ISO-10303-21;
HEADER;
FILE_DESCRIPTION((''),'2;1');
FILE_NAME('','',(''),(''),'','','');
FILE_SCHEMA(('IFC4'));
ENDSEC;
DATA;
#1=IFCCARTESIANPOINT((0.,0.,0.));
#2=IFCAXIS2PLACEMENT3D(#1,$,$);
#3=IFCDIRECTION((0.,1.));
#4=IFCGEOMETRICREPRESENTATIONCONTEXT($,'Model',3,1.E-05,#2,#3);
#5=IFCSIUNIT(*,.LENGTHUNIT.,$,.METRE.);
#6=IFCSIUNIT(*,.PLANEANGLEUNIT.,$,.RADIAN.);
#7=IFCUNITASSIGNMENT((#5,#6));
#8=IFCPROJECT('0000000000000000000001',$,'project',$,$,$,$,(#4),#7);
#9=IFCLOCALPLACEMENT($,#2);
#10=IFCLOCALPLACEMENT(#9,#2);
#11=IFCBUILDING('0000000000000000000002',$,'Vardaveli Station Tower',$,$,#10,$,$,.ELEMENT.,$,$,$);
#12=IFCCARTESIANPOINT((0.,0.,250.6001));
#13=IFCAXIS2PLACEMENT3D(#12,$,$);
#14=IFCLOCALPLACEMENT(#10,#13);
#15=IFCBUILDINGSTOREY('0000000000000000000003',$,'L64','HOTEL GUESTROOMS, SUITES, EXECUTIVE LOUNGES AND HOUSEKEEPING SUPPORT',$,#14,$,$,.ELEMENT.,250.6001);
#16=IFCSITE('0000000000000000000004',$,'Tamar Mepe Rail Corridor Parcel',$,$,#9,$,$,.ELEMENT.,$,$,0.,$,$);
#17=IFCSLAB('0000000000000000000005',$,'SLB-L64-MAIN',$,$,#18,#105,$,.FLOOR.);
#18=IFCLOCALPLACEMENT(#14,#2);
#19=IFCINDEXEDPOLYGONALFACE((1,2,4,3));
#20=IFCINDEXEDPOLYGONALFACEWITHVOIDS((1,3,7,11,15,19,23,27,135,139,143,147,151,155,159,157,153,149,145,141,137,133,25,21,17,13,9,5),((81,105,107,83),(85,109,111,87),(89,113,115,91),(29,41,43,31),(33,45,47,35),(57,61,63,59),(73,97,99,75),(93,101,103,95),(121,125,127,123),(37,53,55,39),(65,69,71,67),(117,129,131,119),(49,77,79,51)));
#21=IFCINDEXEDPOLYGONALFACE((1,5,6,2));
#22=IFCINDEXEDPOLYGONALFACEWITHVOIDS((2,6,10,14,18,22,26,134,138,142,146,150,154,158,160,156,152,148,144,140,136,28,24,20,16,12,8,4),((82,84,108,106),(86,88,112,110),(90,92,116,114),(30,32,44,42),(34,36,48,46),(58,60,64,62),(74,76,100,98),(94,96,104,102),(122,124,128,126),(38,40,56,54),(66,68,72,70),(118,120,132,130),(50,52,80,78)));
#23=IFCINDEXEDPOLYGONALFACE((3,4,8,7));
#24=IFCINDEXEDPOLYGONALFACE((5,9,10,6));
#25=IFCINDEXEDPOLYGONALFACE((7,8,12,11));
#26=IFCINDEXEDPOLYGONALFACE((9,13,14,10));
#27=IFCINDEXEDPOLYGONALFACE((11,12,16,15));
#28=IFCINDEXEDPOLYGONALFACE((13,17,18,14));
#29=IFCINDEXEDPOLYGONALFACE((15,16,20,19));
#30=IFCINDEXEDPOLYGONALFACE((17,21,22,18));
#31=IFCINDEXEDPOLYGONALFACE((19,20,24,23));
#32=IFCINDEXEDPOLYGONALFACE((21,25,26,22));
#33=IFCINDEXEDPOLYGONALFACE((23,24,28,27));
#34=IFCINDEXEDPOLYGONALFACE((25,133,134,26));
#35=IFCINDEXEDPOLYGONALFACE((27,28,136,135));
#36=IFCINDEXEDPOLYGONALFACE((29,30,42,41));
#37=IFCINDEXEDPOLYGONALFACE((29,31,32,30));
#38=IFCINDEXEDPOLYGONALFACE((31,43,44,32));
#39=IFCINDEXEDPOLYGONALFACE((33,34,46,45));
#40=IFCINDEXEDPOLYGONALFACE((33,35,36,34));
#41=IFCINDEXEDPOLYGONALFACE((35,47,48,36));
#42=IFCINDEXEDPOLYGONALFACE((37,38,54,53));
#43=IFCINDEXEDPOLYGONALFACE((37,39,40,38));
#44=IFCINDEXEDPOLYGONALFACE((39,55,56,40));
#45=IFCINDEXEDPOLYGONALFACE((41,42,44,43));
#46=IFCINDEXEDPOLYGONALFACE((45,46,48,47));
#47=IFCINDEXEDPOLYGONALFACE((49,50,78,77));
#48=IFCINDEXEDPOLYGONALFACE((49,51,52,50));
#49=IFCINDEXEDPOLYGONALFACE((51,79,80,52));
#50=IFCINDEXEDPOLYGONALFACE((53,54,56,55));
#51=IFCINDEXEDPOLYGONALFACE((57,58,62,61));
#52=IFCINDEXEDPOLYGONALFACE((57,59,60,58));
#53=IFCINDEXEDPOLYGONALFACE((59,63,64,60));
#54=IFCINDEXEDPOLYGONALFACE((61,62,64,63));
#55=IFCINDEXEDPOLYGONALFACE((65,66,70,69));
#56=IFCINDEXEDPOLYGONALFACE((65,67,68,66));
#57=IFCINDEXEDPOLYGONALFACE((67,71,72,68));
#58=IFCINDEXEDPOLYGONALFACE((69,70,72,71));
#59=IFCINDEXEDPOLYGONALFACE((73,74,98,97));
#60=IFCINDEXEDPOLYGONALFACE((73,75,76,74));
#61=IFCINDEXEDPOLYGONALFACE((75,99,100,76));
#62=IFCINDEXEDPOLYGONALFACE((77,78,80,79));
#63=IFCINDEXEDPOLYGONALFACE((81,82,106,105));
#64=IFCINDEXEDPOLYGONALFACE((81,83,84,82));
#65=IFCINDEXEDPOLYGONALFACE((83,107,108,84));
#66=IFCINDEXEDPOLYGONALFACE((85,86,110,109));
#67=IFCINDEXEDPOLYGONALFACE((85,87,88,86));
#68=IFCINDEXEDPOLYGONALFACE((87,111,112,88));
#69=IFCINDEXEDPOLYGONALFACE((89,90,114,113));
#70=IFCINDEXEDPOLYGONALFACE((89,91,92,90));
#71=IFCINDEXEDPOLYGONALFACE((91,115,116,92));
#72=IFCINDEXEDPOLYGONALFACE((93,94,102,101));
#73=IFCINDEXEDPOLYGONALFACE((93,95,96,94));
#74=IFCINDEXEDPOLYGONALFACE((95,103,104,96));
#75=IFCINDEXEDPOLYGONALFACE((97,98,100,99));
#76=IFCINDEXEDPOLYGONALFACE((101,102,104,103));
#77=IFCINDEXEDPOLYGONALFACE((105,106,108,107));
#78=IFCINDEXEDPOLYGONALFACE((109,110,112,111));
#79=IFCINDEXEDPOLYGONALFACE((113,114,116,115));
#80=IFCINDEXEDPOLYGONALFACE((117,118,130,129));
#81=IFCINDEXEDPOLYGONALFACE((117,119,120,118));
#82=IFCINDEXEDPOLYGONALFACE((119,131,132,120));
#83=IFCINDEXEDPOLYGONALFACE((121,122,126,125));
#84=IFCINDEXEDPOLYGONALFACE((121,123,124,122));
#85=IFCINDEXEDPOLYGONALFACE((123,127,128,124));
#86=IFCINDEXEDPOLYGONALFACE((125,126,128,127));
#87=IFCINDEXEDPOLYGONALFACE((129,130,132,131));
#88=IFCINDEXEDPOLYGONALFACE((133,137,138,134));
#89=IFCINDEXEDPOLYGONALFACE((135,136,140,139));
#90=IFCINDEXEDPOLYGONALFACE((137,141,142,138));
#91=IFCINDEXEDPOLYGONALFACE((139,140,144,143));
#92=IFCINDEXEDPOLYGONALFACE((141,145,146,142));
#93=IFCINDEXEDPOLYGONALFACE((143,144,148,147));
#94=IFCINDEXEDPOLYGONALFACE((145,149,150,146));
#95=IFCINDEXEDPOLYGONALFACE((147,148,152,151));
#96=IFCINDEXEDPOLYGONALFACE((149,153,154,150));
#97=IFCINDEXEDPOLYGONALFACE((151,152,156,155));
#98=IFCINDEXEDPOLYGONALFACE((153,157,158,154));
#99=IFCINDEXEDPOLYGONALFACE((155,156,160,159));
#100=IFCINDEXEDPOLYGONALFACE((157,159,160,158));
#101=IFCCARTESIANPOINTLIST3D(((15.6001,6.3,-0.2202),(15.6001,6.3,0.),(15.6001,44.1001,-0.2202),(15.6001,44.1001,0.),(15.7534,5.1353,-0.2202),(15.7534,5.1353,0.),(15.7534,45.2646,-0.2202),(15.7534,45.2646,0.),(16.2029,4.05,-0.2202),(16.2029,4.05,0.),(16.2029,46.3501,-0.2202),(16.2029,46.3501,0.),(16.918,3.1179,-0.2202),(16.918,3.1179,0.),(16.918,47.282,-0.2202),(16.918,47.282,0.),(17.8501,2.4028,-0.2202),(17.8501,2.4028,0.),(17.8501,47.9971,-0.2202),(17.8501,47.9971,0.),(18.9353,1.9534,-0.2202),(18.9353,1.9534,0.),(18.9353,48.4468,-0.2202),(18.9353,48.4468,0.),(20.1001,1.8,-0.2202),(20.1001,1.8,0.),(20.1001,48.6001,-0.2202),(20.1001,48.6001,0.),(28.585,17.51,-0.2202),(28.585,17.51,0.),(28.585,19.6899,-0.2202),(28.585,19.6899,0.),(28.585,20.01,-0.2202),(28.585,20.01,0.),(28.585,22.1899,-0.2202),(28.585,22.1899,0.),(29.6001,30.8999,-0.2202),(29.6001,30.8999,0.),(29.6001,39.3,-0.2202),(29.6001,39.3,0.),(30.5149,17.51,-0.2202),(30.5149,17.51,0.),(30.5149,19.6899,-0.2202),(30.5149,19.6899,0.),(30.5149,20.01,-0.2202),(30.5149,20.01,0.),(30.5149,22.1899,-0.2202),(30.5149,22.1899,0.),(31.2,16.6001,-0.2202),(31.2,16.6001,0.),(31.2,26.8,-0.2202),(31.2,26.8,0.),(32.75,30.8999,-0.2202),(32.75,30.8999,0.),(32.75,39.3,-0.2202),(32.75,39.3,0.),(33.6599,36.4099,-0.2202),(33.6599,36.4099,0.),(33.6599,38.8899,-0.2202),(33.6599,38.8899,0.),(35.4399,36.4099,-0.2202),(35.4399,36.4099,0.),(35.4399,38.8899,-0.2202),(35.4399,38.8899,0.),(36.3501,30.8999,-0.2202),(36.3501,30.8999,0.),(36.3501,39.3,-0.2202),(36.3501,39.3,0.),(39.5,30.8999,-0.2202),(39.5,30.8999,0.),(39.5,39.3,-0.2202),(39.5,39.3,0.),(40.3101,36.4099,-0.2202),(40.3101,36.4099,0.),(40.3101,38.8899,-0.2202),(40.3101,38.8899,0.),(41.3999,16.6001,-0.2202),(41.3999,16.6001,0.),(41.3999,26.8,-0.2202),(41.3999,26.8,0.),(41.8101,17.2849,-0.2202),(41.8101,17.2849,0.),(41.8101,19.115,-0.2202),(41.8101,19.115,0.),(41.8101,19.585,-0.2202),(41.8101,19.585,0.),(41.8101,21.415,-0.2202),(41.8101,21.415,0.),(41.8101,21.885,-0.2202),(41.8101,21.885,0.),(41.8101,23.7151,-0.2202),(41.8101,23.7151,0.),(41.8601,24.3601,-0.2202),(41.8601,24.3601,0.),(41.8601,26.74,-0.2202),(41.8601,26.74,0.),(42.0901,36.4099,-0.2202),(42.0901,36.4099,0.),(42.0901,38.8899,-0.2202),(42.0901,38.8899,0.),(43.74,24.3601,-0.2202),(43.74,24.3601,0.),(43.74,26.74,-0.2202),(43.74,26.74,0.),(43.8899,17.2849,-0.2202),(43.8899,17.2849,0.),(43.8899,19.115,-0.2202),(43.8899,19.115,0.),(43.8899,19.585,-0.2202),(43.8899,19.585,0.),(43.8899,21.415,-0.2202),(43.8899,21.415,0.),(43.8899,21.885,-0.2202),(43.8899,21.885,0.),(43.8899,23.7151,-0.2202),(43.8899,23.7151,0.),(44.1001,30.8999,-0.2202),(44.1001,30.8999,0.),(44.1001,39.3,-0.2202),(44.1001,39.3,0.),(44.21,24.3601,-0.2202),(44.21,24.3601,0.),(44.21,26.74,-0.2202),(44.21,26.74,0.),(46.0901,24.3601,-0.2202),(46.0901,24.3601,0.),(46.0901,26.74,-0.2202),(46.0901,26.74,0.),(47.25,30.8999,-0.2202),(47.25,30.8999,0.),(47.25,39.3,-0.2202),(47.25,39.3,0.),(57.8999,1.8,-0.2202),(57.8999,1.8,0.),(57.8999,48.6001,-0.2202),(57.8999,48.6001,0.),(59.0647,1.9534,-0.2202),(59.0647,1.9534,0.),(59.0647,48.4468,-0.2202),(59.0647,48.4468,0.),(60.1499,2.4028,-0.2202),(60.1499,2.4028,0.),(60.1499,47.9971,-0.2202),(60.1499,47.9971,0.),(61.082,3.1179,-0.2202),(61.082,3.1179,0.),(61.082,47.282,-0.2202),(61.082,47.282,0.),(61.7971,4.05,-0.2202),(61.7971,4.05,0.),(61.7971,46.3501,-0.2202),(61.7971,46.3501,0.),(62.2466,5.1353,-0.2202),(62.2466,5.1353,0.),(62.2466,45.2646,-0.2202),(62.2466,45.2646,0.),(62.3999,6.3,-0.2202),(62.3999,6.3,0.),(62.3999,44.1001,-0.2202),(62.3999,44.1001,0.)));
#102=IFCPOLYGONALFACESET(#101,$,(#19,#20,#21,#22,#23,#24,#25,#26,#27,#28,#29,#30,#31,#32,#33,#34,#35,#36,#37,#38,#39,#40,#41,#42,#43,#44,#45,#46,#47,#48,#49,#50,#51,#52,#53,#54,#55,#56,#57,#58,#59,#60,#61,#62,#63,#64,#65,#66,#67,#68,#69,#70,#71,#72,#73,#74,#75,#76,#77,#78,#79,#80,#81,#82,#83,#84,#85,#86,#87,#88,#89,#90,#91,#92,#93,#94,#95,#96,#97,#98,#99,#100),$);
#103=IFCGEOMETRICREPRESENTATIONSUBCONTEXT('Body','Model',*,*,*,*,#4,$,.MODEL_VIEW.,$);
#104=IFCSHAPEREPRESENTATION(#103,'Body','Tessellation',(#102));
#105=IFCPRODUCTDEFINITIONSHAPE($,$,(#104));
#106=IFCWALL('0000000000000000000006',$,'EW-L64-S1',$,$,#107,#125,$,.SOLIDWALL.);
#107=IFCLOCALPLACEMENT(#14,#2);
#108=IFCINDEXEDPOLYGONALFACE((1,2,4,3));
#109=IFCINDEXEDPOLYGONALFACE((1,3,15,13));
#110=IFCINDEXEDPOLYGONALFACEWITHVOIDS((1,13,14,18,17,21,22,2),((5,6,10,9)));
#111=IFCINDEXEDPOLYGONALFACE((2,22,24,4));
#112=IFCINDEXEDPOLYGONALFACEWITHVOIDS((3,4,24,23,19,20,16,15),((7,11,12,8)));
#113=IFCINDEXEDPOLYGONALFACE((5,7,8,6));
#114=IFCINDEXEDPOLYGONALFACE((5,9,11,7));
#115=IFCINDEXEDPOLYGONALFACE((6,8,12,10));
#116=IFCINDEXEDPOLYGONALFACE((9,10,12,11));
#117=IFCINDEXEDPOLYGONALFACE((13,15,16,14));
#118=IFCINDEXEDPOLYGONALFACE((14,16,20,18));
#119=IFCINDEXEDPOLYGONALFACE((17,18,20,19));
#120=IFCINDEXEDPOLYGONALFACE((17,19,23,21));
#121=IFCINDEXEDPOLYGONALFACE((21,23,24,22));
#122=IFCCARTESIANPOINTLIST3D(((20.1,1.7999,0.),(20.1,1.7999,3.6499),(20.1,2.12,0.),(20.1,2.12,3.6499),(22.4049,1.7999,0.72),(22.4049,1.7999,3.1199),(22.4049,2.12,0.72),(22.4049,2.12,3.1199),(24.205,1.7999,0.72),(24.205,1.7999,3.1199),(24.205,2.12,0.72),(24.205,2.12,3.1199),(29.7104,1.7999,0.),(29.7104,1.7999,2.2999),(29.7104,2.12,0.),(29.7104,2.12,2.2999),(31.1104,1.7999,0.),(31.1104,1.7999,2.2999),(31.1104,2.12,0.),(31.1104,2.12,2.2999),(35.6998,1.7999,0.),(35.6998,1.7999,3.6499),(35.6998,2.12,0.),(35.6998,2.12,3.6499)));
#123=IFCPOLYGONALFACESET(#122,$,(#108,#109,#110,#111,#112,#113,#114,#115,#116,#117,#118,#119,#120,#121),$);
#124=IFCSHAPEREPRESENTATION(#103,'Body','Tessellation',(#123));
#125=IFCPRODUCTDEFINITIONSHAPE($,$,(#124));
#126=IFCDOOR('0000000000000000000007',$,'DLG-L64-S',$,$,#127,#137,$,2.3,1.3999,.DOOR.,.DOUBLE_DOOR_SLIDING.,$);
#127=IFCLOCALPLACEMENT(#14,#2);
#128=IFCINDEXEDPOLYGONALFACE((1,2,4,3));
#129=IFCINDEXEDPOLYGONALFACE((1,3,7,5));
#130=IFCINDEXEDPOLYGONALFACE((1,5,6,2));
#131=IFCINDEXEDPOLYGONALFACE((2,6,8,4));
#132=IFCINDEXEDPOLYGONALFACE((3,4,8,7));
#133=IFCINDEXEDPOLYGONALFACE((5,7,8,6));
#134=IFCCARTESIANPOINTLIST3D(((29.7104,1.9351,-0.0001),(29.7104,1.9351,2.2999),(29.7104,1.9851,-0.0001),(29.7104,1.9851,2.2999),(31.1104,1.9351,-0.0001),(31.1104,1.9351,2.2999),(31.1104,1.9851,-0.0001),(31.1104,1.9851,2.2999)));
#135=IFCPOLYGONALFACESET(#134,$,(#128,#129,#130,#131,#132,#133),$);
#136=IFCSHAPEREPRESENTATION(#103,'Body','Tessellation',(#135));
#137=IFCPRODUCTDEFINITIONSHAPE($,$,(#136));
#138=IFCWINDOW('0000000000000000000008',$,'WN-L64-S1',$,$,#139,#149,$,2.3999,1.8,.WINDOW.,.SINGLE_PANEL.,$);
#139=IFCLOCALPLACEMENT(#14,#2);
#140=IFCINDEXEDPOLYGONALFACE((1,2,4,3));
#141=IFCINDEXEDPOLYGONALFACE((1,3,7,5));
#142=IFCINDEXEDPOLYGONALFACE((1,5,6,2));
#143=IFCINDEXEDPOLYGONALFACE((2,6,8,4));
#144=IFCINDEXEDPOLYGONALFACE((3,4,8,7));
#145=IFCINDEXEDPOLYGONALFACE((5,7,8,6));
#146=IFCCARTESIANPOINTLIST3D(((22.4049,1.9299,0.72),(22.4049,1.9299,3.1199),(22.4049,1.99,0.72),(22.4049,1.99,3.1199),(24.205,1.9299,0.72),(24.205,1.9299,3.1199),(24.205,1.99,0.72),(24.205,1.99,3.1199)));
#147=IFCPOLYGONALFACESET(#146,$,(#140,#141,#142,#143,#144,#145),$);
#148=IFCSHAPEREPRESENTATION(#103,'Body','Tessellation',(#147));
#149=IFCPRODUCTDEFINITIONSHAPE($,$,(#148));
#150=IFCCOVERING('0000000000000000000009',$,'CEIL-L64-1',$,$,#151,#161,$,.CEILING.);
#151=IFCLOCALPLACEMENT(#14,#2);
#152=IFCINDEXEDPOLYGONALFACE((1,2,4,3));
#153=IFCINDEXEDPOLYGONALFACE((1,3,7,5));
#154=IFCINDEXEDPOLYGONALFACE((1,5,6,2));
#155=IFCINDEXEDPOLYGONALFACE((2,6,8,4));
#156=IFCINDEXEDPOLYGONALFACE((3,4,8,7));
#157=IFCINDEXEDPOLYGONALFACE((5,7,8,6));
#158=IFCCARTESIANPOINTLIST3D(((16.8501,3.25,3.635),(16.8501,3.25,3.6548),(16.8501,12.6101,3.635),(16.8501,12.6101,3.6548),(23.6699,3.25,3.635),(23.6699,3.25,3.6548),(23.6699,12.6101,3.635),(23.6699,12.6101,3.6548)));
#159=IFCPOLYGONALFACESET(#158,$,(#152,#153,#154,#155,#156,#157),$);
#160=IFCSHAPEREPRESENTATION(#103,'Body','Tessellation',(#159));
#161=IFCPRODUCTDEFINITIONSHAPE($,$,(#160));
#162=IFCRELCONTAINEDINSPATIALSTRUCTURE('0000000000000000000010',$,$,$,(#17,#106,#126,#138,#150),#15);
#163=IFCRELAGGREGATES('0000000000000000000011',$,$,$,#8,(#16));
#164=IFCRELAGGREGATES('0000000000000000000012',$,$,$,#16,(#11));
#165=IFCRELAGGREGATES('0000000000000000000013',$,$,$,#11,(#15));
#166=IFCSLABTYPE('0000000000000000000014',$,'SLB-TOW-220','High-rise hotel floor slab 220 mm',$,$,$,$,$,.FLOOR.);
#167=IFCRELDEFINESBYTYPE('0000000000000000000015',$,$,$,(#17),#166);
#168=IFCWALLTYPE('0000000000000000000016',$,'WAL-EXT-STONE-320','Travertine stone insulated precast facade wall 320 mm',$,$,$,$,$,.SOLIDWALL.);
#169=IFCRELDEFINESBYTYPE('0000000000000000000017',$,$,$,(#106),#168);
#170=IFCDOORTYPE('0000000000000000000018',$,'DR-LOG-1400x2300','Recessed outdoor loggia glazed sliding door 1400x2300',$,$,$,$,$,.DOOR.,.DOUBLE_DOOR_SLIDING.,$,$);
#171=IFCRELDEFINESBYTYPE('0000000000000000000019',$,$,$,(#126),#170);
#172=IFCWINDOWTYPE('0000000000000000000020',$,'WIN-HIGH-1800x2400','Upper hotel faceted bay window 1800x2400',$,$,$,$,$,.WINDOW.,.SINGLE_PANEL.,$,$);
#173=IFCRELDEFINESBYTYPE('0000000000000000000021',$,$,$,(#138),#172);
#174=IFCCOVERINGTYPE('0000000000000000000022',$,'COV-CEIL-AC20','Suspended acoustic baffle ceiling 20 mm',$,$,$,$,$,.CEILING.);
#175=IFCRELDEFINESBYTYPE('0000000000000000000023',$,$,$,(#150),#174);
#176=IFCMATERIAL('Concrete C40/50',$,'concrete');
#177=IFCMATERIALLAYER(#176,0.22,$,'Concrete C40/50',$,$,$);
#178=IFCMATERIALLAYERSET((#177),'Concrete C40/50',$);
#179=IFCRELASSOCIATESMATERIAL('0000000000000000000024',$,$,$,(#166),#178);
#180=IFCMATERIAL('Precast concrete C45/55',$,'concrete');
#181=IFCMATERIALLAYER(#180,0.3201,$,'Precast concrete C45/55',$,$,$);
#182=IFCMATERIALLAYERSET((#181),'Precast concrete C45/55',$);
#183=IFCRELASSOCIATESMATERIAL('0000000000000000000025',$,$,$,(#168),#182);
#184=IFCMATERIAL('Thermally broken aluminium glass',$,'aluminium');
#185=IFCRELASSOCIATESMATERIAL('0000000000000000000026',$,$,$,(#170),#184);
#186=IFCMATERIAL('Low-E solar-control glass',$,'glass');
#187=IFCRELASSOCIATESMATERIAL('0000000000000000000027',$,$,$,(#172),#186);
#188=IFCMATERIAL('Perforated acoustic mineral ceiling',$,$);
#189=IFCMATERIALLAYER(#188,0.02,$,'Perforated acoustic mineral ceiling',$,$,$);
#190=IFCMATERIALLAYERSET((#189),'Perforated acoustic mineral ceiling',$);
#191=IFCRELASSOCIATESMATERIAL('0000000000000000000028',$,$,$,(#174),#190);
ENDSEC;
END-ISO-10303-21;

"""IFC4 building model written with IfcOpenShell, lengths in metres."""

from ifc_helpers import new_model, si_unit, direction, frame, frame_2d, origin, place, context, subcontext, project, spatial, polyline, rectangle, outline, extrude, source, transform, mapped, material, layer, layer_set, type_object, element, fill, save


model = new_model("IFC4")

# Units and contexts
model_context = context("Model", 3, precision=1e-05, world=origin(), true_north=direction((0.0, 1.0)))
body_context = subcontext(model_context, "Body", "Model", "MODEL_VIEW")
ifc_project = project(units=[si_unit("LENGTHUNIT", "METRE"), si_unit("PLANEANGLEUNIT", "RADIAN")], contexts=[model_context])

# Site, building, storey
site_placement = place(None, origin())
site = spatial("IfcSite", under=ifc_project, at=site_placement, Name="Tamar Mepe Rail Corridor Parcel", CompositionType="ELEMENT", RefElevation=0.0)
building_placement = place(site_placement, origin())
building = spatial("IfcBuilding", under=site, at=building_placement, Name="Vardaveli Station Tower", CompositionType="ELEMENT")
storey_placement = place(building_placement, frame((0.0, 0.0, 250.6001)))
storey = spatial("IfcBuildingStorey", under=building, at=storey_placement, Name="L64", Description="HOTEL GUESTROOMS, SUITES, EXECUTIVE LOUNGES AND HOUSEKEEPING SUPPORT", CompositionType="ELEMENT", Elevation=250.6001)

# Shared definitions
ifc_material_1 = material(Name="Concrete C40/50", Category="concrete")

# Slab
ifc_material_2 = material(Name="Precast concrete C45/55", Category="concrete")
ifc_layer_1 = layer(ifc_material_1, 0.22, Name="Concrete C40/50")
ifc_layer_set_1 = layer_set([ifc_layer_1], Name="Concrete C40/50")
slab_type_1 = type_object("IfcSlabType", Name="SLB-TOW-220", Description="High-rise hotel floor slab 220 mm", PredefinedType="FLOOR", material=ifc_layer_set_1)
slab_1_placement = place(storey_placement, frame((0.0, 0.0, -0.2202)))
element("IfcSlab", 1, at=slab_1_placement, inside=storey, type_object=slab_type_1, Name="SLB-L64-MAIN", PredefinedType="FLOOR", context=body_context, shape_type="SweptSolid", body=[
    extrude(outline(polyline([(15.6001, 6.3), (15.7534, 5.1353), (16.2029, 4.05), (16.918, 3.1179), (17.8501, 2.4028), (18.9353, 1.9534), (20.1001, 1.8), (57.8999, 1.8), (59.0647, 1.9534), (60.1499, 2.4028), (61.082, 3.1179), (61.7971, 4.05), (62.2466, 5.1353), (62.3999, 6.3), (62.3999, 44.1001), (62.2466, 45.2646), (61.7971, 46.3501), (61.082, 47.282), (60.1499, 47.9971), (59.0647, 48.4468), (57.8999, 48.6001), (20.1001, 48.6001), (18.9353, 48.4468), (17.8501, 47.9971), (16.918, 47.282), (16.2029, 46.3501), (15.7534, 45.2646), (15.6001, 44.1001), (15.6001, 6.3)]), holes=[polyline([(31.2, 16.6001), (41.3999, 16.6001), (41.3999, 26.8), (31.2, 26.8), (31.2, 16.6001)]), polyline([(32.75, 30.8999), (32.75, 39.3), (29.6001, 39.3), (29.6001, 30.8999), (32.75, 30.8999)]), polyline([(39.5, 30.8999), (39.5, 39.3), (36.3501, 39.3), (36.3501, 30.8999), (39.5, 30.8999)]), polyline([(47.25, 30.8999), (47.25, 39.3), (44.1001, 39.3), (44.1001, 30.8999), (47.25, 30.8999)]), polyline([(33.6599, 36.4099), (35.4399, 36.4099), (35.4399, 38.8899), (33.6599, 38.8899), (33.6599, 36.4099)]), polyline([(40.3101, 36.4099), (42.0901, 36.4099), (42.0901, 38.8899), (40.3101, 38.8899), (40.3101, 36.4099)]), polyline([(41.8101, 21.885), (43.8899, 21.885), (43.8899, 23.7151), (41.8101, 23.7151), (41.8101, 21.885)]), polyline([(41.8101, 19.585), (43.8899, 19.585), (43.8899, 21.415), (41.8101, 21.415), (41.8101, 19.585)]), polyline([(41.8101, 17.2849), (43.8899, 17.2849), (43.8899, 19.115), (41.8101, 19.115), (41.8101, 17.2849)]), polyline([(28.585, 17.51), (30.5149, 17.51), (30.5149, 19.6899), (28.585, 19.6899), (28.585, 17.51)]), polyline([(28.585, 20.01), (30.5149, 20.01), (30.5149, 22.1899), (28.585, 22.1899), (28.585, 20.01)]), polyline([(41.8601, 24.3601), (43.74, 24.3601), (43.74, 26.74), (41.8601, 26.74), (41.8601, 24.3601)]), polyline([(44.21, 24.3601), (46.0901, 24.3601), (46.0901, 26.74), (44.21, 26.74), (44.21, 24.3601)])]), origin(), (0.0, 0.0, 1.0), 0.2202),
])

# Wall, openings, door, window
ifc_layer_2 = layer(ifc_material_2, 0.3201, Name="Precast concrete C45/55")
ifc_layer_set_2 = layer_set([ifc_layer_2], Name="Precast concrete C45/55")
wall_type = type_object("IfcWallType", Name="WAL-EXT-STONE-320", Description="Travertine stone insulated precast facade wall 320 mm", PredefinedType="SOLIDWALL", material=ifc_layer_set_2)
shared_shape_1 = source(origin(), body_context, "Body", "SweptSolid", [
    extrude(rectangle(XDim=15.5999, YDim=0.3201, at=frame_2d((7.7998, 0.0))), origin(), (0.0, 0.0, 1.0), 3.6499),
])
wall_placement = place(storey_placement, frame((20.1001, 1.96, 0.0), z_axis=(0.0, 0.0, 1.0), x_axis=(1.0, 0.0, 0.0)))
wall = element("IfcWall", 2, at=wall_placement, inside=storey, type_object=wall_type, Name="EW-L64-S1", PredefinedType="SOLIDWALL", context=body_context, shape_type="MappedRepresentation", body=[
    mapped(shared_shape_1, transform((0.0, 0.0, 0.0), scale=1.0)),
])
shared_shape_2 = source(origin(), body_context, "Body", "SweptSolid", [
    extrude(rectangle(XDim=1.3999, YDim=2.3, at=frame_2d((0.7, 1.1499))), frame((0.0, 0.1699, 0.0), z_axis=(0.0, -1.0, 0.0), x_axis=(1.0, 0.0, 0.0)), (0.0, 0.0, 1.0), 0.3401),
])
opening_1_placement = place(wall_placement, frame((9.6104, 0.0, 0.0)))
opening_1 = element("IfcOpeningElement", 3, at=opening_1_placement, cuts=wall, PredefinedType="OPENING", context=body_context, shape_type="MappedRepresentation", body=[
    mapped(shared_shape_2, transform((0.0, 0.0, 0.0), scale=1.0)),
])
shared_shape_3 = source(origin(), body_context, "Body", "SweptSolid", [
    extrude(rectangle(XDim=1.8, YDim=2.3999, at=frame_2d((0.8999, 1.2))), frame((0.0, 0.1699, 0.0), z_axis=(0.0, -1.0, 0.0), x_axis=(1.0, 0.0, 0.0)), (0.0, 0.0, 1.0), 0.3401),
])
opening_2_placement = place(wall_placement, frame((2.3049, 0.0, 0.72)))
opening_2 = element("IfcOpeningElement", 4, at=opening_2_placement, cuts=wall, PredefinedType="OPENING", context=body_context, shape_type="MappedRepresentation", body=[
    mapped(shared_shape_3, transform((0.0, 0.0, 0.0), scale=1.0)),
])
ifc_material_3 = material(Name="Thermally broken aluminium glass", Category="aluminium")
door_type = type_object("IfcDoorType", Name="DR-LOG-1400x2300", Description="Recessed outdoor loggia glazed sliding door 1400x2300", OperationType="DOUBLE_DOOR_SLIDING", PredefinedType="DOOR", material=ifc_material_3)
shared_shape_4 = source(origin(), body_context, "Body", "SweptSolid", [
    extrude(rectangle(XDim=1.3999, YDim=2.3, at=frame_2d((0.7, 1.1499))), frame((0.0, 0.0249, 0.0), z_axis=(0.0, -1.0, 0.0), x_axis=(1.0, 0.0, 0.0)), (0.0, 0.0, 1.0), 0.05),
])
door_placement = place(opening_1_placement, frame((1.3999, 0.0, 0.0), z_axis=(0.0, 0.0, 1.0), x_axis=(-1.0, 0.0, 0.0)))
door = element("IfcDoor", 5, at=door_placement, inside=storey, type_object=door_type, Name="DLG-L64-S", OperationType="DOUBLE_DOOR_SLIDING", OverallHeight=2.3, OverallWidth=1.3999, PredefinedType="DOOR", context=body_context, shape_type="MappedRepresentation", body=[
    mapped(shared_shape_4, transform((0.0, 0.0, 0.0), scale=1.0)),
])
fill(opening_1, door)
ifc_material_4 = material(Name="Low-E solar-control glass", Category="glass")
window_type = type_object("IfcWindowType", Name="WIN-HIGH-1800x2400", Description="Upper hotel faceted bay window 1800x2400", PartitioningType="SINGLE_PANEL", PredefinedType="WINDOW", material=ifc_material_4)
shared_shape_5 = source(origin(), body_context, "Body", "SweptSolid", [
    extrude(rectangle(XDim=1.8, YDim=2.3999, at=frame_2d((0.8999, 1.2))), frame((0.0, 0.03, 0.0), z_axis=(0.0, -1.0, 0.0), x_axis=(1.0, 0.0, 0.0)), (0.0, 0.0, 1.0), 0.0601),
])
window_placement = place(opening_2_placement, origin())
window = element("IfcWindow", 6, at=window_placement, inside=storey, type_object=window_type, Name="WN-L64-S1", OverallHeight=2.3999, OverallWidth=1.8, PartitioningType="SINGLE_PANEL", PredefinedType="WINDOW", context=body_context, shape_type="MappedRepresentation", body=[
    mapped(shared_shape_5, transform((0.0, 0.0, 0.0), scale=1.0)),
])
fill(opening_2, window)

# Covering
ifc_material_5 = material(Name="Perforated acoustic mineral ceiling")
ifc_layer_3 = layer(ifc_material_5, 0.02, Name="Perforated acoustic mineral ceiling")
ifc_layer_set_3 = layer_set([ifc_layer_3], Name="Perforated acoustic mineral ceiling")
covering_type_1 = type_object("IfcCoveringType", Name="COV-CEIL-AC20", Description="Suspended acoustic baffle ceiling 20 mm", PredefinedType="CEILING", material=ifc_layer_set_3)
covering_1_placement = place(storey_placement, frame((0.0, 0.0, 3.635)))
element("IfcCovering", 7, at=covering_1_placement, inside=storey, type_object=covering_type_1, Name="CEIL-L64-1", PredefinedType="CEILING", context=body_context, shape_type="SweptSolid", body=[
    extrude(outline(polyline([(16.8501, 3.25), (23.6699, 3.25), (23.6699, 12.6101), (16.8501, 12.6101), (16.8501, 3.25)])), origin(), (0.0, 0.0, 1.0), 0.0198),
])

save(model, "model.ifc")
